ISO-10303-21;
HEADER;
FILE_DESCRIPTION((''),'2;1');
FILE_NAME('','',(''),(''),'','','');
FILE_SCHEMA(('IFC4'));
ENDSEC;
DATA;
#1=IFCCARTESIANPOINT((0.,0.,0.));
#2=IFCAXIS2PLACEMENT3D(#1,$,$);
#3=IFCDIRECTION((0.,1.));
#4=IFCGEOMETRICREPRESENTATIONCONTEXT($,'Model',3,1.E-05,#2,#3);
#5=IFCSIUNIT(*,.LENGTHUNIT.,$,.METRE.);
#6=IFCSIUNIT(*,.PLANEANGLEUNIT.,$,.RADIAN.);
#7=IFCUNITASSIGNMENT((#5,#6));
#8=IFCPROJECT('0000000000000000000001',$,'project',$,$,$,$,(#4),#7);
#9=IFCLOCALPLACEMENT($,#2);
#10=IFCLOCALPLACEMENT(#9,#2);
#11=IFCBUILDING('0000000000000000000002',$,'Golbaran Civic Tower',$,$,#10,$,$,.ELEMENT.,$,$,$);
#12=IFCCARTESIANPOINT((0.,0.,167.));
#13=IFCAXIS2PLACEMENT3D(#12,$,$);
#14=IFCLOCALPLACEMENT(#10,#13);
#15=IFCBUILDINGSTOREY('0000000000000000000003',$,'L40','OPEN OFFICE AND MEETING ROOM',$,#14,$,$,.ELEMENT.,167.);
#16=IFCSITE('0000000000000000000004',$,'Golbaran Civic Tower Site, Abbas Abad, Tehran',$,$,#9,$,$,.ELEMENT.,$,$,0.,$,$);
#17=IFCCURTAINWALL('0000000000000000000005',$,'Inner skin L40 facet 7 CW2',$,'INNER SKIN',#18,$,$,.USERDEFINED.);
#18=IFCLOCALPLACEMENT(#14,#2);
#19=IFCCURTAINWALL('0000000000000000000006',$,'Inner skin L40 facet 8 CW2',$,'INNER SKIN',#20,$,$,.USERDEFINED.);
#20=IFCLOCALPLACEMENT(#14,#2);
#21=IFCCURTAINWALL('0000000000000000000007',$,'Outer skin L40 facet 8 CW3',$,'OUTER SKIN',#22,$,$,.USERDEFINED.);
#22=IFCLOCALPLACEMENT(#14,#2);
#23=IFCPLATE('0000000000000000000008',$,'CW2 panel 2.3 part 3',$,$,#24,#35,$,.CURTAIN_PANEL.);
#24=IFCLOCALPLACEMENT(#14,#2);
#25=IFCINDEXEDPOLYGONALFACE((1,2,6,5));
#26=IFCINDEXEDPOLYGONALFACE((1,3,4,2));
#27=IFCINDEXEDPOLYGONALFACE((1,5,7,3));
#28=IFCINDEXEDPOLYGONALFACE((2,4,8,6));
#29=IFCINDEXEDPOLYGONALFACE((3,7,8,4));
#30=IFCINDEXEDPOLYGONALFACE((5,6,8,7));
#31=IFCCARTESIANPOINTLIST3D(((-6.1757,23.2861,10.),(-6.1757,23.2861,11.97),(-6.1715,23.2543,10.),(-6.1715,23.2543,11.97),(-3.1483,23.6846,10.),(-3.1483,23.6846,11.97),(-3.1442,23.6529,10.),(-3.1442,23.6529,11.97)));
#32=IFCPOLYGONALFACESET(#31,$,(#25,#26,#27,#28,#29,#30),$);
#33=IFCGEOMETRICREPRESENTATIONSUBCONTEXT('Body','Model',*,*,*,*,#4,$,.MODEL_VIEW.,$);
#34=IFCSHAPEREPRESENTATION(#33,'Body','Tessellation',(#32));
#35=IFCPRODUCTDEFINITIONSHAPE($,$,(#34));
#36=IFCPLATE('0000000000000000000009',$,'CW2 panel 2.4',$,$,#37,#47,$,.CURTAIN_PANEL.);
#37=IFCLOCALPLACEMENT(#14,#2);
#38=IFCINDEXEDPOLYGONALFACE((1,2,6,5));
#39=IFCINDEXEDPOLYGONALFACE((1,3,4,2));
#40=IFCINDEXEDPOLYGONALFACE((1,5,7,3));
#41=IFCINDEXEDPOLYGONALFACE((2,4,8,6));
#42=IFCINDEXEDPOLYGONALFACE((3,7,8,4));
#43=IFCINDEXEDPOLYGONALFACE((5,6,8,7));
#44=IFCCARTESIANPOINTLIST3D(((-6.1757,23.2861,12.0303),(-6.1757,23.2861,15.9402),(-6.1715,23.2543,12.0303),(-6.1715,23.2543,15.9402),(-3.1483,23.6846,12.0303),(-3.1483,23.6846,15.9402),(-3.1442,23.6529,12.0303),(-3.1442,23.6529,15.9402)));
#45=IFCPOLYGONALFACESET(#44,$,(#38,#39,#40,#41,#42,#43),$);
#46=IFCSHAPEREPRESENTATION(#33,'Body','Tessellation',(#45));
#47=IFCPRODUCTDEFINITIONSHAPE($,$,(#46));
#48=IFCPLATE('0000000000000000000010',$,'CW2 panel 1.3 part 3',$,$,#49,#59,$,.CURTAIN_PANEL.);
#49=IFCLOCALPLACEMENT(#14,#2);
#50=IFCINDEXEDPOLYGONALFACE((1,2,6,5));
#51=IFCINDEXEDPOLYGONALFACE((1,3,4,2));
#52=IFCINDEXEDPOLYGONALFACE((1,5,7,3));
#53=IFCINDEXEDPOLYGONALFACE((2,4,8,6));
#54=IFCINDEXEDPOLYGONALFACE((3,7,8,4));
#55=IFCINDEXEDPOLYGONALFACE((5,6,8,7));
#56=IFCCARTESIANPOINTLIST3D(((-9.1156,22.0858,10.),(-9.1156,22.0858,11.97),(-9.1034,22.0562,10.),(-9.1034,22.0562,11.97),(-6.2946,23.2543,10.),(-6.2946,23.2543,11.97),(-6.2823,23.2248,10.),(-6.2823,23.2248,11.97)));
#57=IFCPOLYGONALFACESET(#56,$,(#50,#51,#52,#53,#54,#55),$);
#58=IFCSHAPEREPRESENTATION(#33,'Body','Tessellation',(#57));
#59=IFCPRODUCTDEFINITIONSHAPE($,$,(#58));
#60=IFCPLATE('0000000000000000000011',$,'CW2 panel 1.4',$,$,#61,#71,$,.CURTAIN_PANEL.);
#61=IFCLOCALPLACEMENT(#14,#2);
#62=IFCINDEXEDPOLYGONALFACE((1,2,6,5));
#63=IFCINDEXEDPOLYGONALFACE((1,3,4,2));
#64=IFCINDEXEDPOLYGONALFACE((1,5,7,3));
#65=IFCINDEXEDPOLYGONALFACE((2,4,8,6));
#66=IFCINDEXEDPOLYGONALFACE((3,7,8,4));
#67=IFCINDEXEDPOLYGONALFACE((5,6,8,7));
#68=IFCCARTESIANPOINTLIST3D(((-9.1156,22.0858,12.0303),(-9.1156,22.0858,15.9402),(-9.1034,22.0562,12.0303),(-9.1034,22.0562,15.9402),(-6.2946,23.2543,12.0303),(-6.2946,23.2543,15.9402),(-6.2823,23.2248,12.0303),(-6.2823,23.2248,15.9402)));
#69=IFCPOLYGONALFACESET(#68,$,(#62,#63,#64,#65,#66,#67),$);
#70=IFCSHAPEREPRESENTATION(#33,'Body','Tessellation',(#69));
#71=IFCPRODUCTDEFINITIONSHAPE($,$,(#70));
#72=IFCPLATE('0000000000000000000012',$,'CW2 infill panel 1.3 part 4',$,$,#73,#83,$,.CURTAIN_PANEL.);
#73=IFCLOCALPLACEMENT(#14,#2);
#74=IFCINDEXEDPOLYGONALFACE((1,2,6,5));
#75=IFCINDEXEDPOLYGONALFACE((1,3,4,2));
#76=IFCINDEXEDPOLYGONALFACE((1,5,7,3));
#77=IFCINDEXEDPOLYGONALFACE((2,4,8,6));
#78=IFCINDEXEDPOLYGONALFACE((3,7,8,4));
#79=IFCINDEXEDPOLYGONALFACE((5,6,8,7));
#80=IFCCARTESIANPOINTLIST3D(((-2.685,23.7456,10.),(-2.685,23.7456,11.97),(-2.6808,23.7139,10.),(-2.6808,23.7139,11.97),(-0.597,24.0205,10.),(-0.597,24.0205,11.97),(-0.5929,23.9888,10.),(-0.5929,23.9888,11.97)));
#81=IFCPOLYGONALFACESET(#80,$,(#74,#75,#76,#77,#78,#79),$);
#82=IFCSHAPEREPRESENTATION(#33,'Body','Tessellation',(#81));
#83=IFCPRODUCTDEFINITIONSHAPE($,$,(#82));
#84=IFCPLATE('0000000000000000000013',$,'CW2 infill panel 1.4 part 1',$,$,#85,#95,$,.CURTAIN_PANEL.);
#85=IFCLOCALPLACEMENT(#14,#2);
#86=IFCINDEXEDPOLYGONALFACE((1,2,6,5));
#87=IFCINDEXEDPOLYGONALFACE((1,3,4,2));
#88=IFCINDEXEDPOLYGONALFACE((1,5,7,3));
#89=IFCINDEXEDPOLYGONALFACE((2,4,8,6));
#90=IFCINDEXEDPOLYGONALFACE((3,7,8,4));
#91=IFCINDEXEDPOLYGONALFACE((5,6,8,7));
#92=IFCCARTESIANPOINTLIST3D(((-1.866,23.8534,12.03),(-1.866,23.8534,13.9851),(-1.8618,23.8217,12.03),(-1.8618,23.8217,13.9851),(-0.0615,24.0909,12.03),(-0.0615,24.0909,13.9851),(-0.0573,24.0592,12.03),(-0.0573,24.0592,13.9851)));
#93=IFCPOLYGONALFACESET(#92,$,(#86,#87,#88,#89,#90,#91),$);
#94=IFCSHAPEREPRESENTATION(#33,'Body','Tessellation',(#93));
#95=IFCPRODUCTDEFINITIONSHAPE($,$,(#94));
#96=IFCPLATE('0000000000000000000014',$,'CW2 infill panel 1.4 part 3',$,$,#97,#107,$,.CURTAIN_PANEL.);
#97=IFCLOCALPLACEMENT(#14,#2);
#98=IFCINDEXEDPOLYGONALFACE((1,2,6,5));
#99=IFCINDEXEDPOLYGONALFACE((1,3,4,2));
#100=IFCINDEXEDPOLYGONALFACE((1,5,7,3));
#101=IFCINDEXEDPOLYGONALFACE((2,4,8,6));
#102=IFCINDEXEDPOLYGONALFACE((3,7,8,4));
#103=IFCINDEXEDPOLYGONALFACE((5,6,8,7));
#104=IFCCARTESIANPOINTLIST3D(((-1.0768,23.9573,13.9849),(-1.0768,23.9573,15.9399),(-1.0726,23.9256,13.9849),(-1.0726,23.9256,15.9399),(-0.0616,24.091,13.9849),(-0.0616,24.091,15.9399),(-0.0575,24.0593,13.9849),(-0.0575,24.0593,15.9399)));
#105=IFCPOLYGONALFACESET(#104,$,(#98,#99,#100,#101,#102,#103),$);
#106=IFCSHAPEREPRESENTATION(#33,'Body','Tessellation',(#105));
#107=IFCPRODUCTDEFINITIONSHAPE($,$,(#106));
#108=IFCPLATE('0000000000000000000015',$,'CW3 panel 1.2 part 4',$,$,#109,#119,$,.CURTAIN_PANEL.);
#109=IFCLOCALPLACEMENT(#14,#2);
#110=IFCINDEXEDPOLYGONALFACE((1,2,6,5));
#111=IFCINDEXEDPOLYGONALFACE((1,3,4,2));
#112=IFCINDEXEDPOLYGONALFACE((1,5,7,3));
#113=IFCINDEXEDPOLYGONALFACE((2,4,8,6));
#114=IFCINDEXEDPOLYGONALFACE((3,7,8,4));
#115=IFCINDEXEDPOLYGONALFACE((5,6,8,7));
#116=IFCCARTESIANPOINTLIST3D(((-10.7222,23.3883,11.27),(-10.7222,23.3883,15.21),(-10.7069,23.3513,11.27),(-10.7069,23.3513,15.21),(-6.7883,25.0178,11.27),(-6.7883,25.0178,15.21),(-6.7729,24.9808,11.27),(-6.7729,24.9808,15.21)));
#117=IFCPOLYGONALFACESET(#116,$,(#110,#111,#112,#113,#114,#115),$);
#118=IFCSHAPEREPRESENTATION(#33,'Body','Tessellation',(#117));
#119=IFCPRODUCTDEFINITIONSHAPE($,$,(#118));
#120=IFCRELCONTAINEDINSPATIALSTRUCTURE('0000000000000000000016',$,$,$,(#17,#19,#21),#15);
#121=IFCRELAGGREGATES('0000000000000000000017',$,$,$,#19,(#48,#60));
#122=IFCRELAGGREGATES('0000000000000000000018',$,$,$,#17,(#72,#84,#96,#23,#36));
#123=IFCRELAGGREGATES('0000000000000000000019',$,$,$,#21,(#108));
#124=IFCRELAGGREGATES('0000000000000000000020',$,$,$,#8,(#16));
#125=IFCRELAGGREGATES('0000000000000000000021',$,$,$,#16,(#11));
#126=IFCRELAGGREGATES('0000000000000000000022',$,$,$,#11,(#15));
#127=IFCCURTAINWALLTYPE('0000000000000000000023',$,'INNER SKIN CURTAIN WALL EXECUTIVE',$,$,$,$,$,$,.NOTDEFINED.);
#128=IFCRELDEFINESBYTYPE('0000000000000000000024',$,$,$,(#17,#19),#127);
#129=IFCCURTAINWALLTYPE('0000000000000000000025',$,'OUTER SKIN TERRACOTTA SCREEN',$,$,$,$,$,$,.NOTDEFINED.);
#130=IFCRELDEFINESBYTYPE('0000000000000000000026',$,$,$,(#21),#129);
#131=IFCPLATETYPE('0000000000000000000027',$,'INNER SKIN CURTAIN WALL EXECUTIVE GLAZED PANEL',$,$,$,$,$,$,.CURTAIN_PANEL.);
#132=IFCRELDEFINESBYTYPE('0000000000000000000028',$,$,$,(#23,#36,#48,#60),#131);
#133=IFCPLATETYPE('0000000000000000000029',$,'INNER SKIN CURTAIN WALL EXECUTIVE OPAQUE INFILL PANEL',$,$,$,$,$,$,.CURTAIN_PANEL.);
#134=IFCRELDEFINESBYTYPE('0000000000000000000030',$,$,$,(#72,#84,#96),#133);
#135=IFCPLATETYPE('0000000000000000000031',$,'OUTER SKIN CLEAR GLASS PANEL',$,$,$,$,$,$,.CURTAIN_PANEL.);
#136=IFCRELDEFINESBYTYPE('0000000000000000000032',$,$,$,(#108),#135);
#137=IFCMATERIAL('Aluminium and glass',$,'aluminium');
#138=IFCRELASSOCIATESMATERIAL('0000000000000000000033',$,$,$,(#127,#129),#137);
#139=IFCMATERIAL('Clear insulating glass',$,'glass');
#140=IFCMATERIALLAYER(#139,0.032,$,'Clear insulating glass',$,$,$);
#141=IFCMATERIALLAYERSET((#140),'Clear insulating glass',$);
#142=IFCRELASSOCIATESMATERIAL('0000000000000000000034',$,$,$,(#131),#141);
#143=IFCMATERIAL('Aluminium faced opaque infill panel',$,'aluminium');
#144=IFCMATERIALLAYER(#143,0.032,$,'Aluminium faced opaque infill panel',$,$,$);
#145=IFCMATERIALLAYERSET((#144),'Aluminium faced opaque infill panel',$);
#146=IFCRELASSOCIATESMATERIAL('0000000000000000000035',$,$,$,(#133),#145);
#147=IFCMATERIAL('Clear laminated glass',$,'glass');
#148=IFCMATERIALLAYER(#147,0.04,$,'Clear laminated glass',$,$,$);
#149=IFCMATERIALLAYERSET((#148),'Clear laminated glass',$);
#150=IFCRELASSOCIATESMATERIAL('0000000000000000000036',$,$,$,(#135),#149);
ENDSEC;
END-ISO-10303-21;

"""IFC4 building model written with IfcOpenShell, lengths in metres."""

from ifc_helpers import new_model, si_unit, direction, frame, origin, origin_2d, place, context, subcontext, project, spatial, rectangle, extrude, material, layer, layer_set, type_object, element, aggregate, save


model = new_model("IFC4")

# Units and contexts
model_context = context("Model", 3, precision=1e-05, world=origin(), true_north=direction((0.0, 1.0)))
body_context = subcontext(model_context, "Body", "Model", "MODEL_VIEW")
ifc_project = project(units=[si_unit("LENGTHUNIT", "METRE"), si_unit("PLANEANGLEUNIT", "RADIAN")], contexts=[model_context])

# Site, building, storey
site_placement = place(None, origin())
site = spatial("IfcSite", under=ifc_project, at=site_placement, Name="Golbaran Civic Tower Site, Abbas Abad, Tehran", CompositionType="ELEMENT", RefElevation=0.0)
building_placement = place(site_placement, origin())
building = spatial("IfcBuilding", under=site, at=building_placement, Name="Golbaran Civic Tower", CompositionType="ELEMENT")
storey_placement = place(building_placement, frame((0.0, 0.0, 167.0)))
storey = spatial("IfcBuildingStorey", under=building, at=storey_placement, Name="L40", Description="OPEN OFFICE AND MEETING ROOM", CompositionType="ELEMENT", Elevation=167.0)

# Curtain walls
ifc_material_1 = material(Name="Aluminium and glass", Category="aluminium")
curtain_wall_type_1 = type_object("IfcCurtainWallType", Name="INNER SKIN CURTAIN WALL EXECUTIVE", PredefinedType="NOTDEFINED", material=ifc_material_1)
curtain_wall_1_placement = place(storey_placement, origin())
curtain_wall_1 = element("IfcCurtainWall", 1, at=curtain_wall_1_placement, inside=storey, type_object=curtain_wall_type_1, Name="Inner skin L40 facet 7 CW2", ObjectType="INNER SKIN", PredefinedType="USERDEFINED")
curtain_wall_2_placement = place(storey_placement, origin())
curtain_wall_2 = element("IfcCurtainWall", 2, at=curtain_wall_2_placement, inside=storey, type_object=curtain_wall_type_1, Name="Inner skin L40 facet 8 CW2", ObjectType="INNER SKIN", PredefinedType="USERDEFINED")

# Curtain wall
curtain_wall_type_2 = type_object("IfcCurtainWallType", Name="OUTER SKIN TERRACOTTA SCREEN", PredefinedType="NOTDEFINED", material=ifc_material_1)
curtain_wall_3_placement = place(storey_placement, origin())
curtain_wall_3 = element("IfcCurtainWall", 3, at=curtain_wall_3_placement, inside=storey, type_object=curtain_wall_type_2, Name="Outer skin L40 facet 8 CW3", ObjectType="OUTER SKIN", PredefinedType="USERDEFINED")

# Plates
ifc_material_2 = material(Name="Clear insulating glass", Category="glass")
ifc_layer_1 = layer(ifc_material_2, 0.032, Name="Clear insulating glass")
ifc_layer_set_1 = layer_set([ifc_layer_1], Name="Clear insulating glass")
plate_type_1 = type_object("IfcPlateType", Name="INNER SKIN CURTAIN WALL EXECUTIVE GLAZED PANEL", PredefinedType="CURTAIN_PANEL", material=ifc_layer_set_1)
plate_1_placement = place(storey_placement, frame((-4.6599, 23.4695, 10.0), z_axis=(0.0, 0.0, 1.0), x_axis=(-0.991445, -0.130526, 0.0)))
plate_1 = element("IfcPlate", 4, at=plate_1_placement, type_object=plate_type_1, Name="CW2 panel 2.3 part 3", PredefinedType="CURTAIN_PANEL", context=body_context, shape_type="SweptSolid", body=[
    extrude(rectangle(XDim=3.0535, YDim=0.032, at=origin_2d()), origin(), (0.0, 0.0, 1.0), 1.97),
])
plate_2_placement = place(storey_placement, frame((-4.6599, 23.4695, 12.0303), z_axis=(0.0, 0.0, 1.0), x_axis=(-0.991445, -0.130526, 0.0)))
plate_2 = element("IfcPlate", 5, at=plate_2_placement, type_object=plate_type_1, Name="CW2 panel 2.4", PredefinedType="CURTAIN_PANEL", context=body_context, shape_type="SweptSolid", body=[
    extrude(rectangle(XDim=3.0535, YDim=0.032, at=origin_2d()), origin(), (0.0, 0.0, 1.0), 3.9099),
])
plate_3_placement = place(storey_placement, frame((-7.699, 22.6553, 10.0), z_axis=(0.0, 0.0, 1.0), x_axis=(-0.92388, -0.382683, 0.0)))
plate_3 = element("IfcPlate", 6, at=plate_3_placement, type_object=plate_type_1, Name="CW2 panel 1.3 part 3", PredefinedType="CURTAIN_PANEL", context=body_context, shape_type="SweptSolid", body=[
    extrude(rectangle(XDim=3.0535, YDim=0.032, at=origin_2d()), origin(), (0.0, 0.0, 1.0), 1.97),
])
plate_4_placement = place(storey_placement, frame((-7.699, 22.6553, 12.0303), z_axis=(0.0, 0.0, 1.0), x_axis=(-0.92388, -0.382683, 0.0)))
plate_4 = element("IfcPlate", 7, at=plate_4_placement, type_object=plate_type_1, Name="CW2 panel 1.4", PredefinedType="CURTAIN_PANEL", context=body_context, shape_type="SweptSolid", body=[
    extrude(rectangle(XDim=3.0535, YDim=0.032, at=origin_2d()), origin(), (0.0, 0.0, 1.0), 3.9099),
])
aggregate(curtain_wall_2, [plate_3, plate_4])
ifc_material_3 = material(Name="Aluminium faced opaque infill panel", Category="aluminium")
ifc_layer_2 = layer(ifc_material_3, 0.032, Name="Aluminium faced opaque infill panel")
ifc_layer_set_2 = layer_set([ifc_layer_2], Name="Aluminium faced opaque infill panel")
plate_type_2 = type_object("IfcPlateType", Name="INNER SKIN CURTAIN WALL EXECUTIVE OPAQUE INFILL PANEL", PredefinedType="CURTAIN_PANEL", material=ifc_layer_set_2)
plate_5_placement = place(storey_placement, frame((-1.6389, 23.8672, 10.0), z_axis=(0.0, 0.0, 1.0), x_axis=(-0.991445, -0.130526, 0.0)))
plate_5 = element("IfcPlate", 8, at=plate_5_placement, type_object=plate_type_2, Name="CW2 infill panel 1.3 part 4", PredefinedType="CURTAIN_PANEL", context=body_context, shape_type="SweptSolid", body=[
    extrude(rectangle(XDim=2.106, YDim=0.032, at=origin_2d()), origin(), (0.0, 0.0, 1.0), 1.97),
])
plate_6_placement = place(storey_placement, frame((-0.9617, 23.9563, 12.03), z_axis=(0.0, 0.0, 1.0), x_axis=(-0.991445, -0.130526, 0.0)))
plate_6 = element("IfcPlate", 9, at=plate_6_placement, type_object=plate_type_2, Name="CW2 infill panel 1.4 part 1", PredefinedType="CURTAIN_PANEL", context=body_context, shape_type="SweptSolid", body=[
    extrude(rectangle(XDim=1.8201, YDim=0.032, at=origin_2d()), origin(), (0.0, 0.0, 1.0), 1.9551),
])
plate_7_placement = place(storey_placement, frame((-0.5671, 24.0083, 13.9849), z_axis=(0.0, 0.0, 1.0), x_axis=(-0.991445, -0.130526, 0.0)))
plate_7 = element("IfcPlate", 10, at=plate_7_placement, type_object=plate_type_2, Name="CW2 infill panel 1.4 part 3", PredefinedType="CURTAIN_PANEL", context=body_context, shape_type="SweptSolid", body=[
    extrude(rectangle(XDim=1.0239, YDim=0.032, at=origin_2d()), origin(), (0.0, 0.0, 1.0), 1.9551),
])
aggregate(curtain_wall_1, [plate_5, plate_6, plate_7, plate_1, plate_2])
ifc_material_4 = material(Name="Clear laminated glass", Category="glass")
ifc_layer_3 = layer(ifc_material_4, 0.04, Name="Clear laminated glass")
ifc_layer_set_3 = layer_set([ifc_layer_3], Name="Clear laminated glass")
plate_type_3 = type_object("IfcPlateType", Name="OUTER SKIN CLEAR GLASS PANEL", PredefinedType="CURTAIN_PANEL", material=ifc_layer_set_3)
plate_8_placement = place(storey_placement, frame((-8.7476, 24.1846, 11.27), z_axis=(0.0, 0.0, 1.0), x_axis=(-0.92388, -0.382683, 0.0)))
plate_8 = element("IfcPlate", 11, at=plate_8_placement, type_object=plate_type_3, Name="CW3 panel 1.2 part 4", PredefinedType="CURTAIN_PANEL", context=body_context, shape_type="SweptSolid", body=[
    extrude(rectangle(XDim=4.2581, YDim=0.04, at=origin_2d()), origin(), (0.0, 0.0, 1.0), 3.9399),
])
aggregate(curtain_wall_3, [plate_8])

save(model, "model.ifc")
